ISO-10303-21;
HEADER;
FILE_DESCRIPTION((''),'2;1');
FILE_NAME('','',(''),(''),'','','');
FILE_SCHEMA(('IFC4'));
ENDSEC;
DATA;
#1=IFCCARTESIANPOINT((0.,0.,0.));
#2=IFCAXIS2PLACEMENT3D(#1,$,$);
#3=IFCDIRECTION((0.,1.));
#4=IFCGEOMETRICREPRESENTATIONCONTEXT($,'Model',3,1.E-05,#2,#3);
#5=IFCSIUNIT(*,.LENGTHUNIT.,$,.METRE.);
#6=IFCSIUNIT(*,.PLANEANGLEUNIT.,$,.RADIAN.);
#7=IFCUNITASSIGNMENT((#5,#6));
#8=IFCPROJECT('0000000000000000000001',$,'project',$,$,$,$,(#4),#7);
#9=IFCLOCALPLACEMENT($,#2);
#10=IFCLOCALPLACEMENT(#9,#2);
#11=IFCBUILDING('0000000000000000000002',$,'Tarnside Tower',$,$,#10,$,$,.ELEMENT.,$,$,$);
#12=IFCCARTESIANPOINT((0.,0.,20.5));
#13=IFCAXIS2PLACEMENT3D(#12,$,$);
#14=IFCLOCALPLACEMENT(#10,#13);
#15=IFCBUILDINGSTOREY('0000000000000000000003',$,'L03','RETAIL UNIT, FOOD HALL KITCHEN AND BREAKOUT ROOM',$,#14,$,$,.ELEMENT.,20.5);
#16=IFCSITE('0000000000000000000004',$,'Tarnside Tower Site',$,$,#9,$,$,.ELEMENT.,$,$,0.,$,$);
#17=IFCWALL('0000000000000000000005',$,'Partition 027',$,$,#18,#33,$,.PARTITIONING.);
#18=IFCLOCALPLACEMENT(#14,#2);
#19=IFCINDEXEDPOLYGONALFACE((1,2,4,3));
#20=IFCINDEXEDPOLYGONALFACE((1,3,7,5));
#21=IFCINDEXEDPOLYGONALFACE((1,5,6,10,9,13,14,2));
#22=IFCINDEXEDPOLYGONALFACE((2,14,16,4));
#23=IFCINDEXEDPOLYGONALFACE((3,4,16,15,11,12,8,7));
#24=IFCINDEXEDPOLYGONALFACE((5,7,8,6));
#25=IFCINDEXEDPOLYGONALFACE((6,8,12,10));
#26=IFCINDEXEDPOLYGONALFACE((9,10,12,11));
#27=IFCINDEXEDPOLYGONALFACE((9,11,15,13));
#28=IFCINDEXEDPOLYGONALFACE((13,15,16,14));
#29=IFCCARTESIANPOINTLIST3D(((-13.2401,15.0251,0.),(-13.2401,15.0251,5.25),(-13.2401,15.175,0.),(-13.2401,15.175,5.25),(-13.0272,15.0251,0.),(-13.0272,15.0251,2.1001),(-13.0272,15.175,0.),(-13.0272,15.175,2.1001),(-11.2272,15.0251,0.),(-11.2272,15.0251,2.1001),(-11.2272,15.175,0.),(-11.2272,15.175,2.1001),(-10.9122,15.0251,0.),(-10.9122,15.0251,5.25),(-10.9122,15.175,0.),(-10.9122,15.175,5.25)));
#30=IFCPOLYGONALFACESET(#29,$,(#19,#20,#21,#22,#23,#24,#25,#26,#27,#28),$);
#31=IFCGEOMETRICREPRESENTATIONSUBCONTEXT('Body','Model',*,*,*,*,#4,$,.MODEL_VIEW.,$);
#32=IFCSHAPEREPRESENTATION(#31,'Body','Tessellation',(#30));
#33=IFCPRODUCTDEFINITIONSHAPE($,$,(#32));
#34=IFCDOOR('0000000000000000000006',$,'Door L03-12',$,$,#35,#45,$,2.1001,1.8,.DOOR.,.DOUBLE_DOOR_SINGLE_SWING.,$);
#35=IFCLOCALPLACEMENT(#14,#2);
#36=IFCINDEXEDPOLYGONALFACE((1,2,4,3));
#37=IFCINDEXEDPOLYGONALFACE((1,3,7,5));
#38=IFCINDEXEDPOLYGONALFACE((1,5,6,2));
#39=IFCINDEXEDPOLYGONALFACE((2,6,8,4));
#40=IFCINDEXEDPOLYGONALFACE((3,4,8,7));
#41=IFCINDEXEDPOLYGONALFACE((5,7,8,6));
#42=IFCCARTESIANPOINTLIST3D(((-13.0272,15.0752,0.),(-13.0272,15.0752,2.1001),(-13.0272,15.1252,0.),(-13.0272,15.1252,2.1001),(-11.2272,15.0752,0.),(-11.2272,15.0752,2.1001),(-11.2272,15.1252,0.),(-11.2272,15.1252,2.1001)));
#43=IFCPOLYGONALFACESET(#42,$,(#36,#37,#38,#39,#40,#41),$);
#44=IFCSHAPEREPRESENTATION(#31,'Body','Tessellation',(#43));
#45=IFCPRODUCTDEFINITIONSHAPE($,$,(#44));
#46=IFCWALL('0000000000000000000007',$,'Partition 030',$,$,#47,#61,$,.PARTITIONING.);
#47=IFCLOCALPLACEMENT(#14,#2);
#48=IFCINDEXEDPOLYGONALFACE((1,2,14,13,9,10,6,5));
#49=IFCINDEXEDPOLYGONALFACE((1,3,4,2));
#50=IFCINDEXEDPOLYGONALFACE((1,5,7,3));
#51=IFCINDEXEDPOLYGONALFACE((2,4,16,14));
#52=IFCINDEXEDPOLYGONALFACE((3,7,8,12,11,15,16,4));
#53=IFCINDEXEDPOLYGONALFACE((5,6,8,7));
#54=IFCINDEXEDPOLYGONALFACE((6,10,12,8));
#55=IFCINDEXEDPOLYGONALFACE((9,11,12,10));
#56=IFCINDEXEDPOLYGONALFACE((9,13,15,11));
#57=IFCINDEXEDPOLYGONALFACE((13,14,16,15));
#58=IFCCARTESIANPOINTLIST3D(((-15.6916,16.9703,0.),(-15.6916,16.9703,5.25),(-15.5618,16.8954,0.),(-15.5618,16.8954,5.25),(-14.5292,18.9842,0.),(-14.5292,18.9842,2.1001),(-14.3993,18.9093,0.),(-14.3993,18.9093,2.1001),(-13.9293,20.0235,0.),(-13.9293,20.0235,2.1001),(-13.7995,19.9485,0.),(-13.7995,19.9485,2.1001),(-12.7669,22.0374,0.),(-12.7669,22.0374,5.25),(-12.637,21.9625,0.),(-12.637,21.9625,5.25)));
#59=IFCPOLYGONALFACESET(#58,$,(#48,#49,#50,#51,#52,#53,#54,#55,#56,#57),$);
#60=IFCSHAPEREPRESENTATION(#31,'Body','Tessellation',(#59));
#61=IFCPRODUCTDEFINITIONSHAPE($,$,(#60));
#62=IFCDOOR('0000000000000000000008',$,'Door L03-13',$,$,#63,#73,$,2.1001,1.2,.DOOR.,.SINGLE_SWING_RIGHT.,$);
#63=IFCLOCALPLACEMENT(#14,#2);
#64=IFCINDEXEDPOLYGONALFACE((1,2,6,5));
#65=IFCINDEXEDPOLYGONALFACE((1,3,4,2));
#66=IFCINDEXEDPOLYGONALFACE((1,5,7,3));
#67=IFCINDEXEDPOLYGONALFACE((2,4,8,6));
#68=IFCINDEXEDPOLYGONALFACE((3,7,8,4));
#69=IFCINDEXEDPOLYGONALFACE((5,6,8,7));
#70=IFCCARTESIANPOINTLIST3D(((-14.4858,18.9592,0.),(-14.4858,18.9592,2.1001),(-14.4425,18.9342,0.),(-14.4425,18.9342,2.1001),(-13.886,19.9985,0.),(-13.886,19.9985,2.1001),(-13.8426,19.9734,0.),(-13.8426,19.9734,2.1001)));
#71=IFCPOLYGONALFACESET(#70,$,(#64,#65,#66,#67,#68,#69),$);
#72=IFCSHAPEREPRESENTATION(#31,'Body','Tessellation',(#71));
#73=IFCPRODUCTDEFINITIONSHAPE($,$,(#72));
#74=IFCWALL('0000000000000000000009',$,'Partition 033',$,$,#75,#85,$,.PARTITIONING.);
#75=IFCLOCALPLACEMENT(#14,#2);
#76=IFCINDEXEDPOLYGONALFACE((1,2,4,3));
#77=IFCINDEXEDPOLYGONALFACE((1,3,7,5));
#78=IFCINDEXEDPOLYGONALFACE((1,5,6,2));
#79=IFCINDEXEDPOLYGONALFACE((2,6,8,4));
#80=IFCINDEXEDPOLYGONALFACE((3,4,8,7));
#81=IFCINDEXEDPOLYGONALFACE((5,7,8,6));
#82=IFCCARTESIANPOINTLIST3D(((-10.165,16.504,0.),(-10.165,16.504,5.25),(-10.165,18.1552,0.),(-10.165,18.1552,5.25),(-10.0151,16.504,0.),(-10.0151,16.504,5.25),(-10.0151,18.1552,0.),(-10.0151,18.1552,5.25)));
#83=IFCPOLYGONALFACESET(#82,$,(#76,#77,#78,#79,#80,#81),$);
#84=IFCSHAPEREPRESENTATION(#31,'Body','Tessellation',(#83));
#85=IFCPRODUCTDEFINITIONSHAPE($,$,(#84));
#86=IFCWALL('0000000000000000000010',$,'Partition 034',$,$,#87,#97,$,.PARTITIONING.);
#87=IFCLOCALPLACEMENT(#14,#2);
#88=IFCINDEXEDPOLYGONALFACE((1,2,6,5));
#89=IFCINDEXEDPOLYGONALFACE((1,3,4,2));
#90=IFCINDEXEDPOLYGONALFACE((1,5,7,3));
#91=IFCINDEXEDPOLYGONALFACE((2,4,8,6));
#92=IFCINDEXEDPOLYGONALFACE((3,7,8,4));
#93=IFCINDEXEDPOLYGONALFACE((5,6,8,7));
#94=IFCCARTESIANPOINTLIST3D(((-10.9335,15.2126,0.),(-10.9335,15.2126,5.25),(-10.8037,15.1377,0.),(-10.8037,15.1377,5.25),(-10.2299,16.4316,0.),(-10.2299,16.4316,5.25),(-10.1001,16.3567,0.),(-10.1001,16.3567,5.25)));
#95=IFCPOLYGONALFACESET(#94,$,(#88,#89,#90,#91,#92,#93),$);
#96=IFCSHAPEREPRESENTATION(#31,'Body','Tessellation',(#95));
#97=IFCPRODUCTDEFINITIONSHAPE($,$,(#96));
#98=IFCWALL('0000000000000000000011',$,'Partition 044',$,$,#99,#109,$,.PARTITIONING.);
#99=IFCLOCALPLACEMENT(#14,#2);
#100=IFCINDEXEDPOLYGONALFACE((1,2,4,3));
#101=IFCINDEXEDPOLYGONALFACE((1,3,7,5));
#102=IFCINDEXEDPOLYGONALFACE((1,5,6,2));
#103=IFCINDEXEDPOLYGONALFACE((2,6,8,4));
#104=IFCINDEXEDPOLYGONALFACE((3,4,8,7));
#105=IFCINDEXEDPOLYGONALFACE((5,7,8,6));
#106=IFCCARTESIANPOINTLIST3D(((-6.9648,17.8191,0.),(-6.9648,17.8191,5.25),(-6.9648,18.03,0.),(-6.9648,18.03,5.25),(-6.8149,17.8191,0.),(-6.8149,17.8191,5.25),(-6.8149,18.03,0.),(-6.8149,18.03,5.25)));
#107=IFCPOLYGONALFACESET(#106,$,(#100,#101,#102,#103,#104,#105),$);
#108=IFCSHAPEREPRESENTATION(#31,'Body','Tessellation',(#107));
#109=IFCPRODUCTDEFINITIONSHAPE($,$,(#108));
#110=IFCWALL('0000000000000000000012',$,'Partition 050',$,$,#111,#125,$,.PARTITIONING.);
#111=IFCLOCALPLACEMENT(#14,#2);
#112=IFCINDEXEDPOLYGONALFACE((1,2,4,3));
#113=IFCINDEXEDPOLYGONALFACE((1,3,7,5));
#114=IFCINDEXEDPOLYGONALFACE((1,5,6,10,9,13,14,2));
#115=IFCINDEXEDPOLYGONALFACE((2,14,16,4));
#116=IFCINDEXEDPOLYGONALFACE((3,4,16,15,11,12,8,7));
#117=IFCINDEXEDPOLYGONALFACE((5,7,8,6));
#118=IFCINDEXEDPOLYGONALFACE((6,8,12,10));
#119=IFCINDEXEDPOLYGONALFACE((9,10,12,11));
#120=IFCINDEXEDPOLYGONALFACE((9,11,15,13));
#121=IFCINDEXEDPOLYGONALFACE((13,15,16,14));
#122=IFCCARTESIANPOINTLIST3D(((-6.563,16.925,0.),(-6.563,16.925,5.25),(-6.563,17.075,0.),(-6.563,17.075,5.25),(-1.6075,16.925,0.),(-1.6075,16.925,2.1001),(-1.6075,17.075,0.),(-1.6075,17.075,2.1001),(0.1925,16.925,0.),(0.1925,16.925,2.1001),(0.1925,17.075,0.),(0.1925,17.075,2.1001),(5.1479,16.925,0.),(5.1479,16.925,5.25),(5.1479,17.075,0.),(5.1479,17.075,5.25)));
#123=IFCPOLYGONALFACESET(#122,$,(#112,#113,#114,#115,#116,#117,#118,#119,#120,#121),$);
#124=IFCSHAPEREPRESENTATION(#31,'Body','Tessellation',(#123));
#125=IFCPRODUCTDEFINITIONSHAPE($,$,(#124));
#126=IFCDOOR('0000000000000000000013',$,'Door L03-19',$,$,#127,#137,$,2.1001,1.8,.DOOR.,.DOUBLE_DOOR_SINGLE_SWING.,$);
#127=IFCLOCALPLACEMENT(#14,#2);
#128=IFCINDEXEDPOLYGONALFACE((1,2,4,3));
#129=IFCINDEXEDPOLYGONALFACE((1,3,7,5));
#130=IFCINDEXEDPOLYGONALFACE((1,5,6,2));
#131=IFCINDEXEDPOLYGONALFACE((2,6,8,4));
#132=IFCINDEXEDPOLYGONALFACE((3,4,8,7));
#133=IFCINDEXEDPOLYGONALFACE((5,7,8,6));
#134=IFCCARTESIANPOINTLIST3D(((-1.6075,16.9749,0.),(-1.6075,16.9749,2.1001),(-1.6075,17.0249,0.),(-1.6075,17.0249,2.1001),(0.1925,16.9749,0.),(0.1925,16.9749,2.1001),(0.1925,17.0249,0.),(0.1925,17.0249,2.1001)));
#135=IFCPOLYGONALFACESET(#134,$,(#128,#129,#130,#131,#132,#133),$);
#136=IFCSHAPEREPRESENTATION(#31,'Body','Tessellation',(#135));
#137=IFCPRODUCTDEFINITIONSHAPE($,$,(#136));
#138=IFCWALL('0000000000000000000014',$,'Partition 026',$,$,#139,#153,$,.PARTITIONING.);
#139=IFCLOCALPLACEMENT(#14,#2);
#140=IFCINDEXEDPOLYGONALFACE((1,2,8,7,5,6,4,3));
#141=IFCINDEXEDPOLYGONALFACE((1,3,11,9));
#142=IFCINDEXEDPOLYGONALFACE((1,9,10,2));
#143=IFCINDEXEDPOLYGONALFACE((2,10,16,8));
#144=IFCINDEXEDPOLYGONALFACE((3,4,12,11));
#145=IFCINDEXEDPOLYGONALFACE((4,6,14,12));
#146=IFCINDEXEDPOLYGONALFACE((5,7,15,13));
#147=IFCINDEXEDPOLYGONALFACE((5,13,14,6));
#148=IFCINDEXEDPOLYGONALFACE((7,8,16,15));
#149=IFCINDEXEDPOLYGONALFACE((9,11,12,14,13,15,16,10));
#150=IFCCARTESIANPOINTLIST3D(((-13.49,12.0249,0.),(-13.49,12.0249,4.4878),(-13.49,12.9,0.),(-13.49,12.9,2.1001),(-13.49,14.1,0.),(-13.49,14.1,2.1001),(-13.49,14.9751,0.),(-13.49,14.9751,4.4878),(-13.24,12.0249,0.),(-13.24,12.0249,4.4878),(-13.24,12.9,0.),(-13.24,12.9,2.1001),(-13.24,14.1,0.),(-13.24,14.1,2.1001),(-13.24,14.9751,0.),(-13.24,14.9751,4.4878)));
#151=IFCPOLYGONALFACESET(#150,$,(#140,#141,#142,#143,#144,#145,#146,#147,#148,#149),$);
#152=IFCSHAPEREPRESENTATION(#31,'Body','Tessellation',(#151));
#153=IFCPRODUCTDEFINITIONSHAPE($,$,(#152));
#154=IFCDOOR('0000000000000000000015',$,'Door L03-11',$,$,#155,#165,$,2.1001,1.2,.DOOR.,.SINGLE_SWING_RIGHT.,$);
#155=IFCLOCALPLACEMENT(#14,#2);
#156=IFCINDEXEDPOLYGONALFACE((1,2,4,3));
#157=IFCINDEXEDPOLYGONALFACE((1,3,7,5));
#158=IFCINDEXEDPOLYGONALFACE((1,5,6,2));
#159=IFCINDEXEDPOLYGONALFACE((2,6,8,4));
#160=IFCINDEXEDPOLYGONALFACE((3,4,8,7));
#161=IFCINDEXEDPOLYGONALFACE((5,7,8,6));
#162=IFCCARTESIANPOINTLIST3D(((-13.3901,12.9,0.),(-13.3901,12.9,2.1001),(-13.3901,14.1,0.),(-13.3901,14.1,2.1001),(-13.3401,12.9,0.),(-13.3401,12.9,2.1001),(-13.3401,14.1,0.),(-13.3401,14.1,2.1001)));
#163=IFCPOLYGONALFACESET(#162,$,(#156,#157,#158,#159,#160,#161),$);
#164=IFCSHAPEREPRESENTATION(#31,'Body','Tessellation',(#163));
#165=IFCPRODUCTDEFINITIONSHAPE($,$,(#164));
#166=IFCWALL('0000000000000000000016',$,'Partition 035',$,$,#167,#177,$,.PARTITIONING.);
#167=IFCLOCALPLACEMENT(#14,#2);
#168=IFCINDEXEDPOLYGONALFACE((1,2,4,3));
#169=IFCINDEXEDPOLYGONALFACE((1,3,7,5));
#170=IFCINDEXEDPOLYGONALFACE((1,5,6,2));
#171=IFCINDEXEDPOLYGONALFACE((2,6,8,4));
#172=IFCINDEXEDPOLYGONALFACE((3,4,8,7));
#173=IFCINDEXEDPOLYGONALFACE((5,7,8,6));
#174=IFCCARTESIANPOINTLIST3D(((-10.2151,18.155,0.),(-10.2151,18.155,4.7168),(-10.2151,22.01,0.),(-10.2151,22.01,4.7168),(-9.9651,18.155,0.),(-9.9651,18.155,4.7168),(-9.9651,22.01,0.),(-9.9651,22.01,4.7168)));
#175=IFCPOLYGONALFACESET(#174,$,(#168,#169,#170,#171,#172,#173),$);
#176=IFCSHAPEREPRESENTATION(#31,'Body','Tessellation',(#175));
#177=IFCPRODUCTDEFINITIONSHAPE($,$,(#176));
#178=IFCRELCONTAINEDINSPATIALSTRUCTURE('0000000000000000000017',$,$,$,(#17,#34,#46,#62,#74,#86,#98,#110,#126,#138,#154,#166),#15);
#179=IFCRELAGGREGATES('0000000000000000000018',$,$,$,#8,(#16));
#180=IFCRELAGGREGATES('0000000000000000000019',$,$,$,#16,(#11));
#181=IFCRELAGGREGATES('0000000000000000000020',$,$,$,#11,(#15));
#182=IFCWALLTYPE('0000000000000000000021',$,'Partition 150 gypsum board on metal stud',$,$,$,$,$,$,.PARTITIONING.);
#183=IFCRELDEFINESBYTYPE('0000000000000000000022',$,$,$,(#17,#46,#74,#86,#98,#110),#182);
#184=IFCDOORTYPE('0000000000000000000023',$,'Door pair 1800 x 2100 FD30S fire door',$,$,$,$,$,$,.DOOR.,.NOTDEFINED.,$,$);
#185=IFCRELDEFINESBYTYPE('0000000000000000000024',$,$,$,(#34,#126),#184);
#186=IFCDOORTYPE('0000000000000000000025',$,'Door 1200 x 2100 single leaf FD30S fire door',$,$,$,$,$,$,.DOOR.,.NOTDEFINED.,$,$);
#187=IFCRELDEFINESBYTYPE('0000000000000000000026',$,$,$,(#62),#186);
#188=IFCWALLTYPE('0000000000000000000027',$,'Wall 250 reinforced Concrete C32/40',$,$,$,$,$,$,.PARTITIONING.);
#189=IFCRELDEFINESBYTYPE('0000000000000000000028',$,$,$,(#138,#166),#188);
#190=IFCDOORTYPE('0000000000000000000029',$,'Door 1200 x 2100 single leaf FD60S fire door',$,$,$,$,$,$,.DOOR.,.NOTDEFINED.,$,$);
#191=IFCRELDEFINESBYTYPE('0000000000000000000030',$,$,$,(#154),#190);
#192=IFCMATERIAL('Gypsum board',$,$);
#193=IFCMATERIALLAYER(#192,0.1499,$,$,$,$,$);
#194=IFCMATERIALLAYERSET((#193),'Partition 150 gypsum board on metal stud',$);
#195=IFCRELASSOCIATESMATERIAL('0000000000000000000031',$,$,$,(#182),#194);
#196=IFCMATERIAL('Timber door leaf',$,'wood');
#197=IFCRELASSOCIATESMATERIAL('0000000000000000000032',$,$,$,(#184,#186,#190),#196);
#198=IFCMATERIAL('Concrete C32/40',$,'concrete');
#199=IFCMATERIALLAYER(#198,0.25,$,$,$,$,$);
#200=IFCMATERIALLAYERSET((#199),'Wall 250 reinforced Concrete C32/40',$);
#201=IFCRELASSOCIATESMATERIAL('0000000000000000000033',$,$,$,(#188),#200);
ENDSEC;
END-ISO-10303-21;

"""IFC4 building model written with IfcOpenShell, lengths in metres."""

from ifc_helpers import new_model, si_unit, direction, frame, frame_2d, origin, place, context, subcontext, project, spatial, rectangle, extrude, material, layer, layer_set, type_object, element, fill, save


model = new_model("IFC4")

# Units and contexts
model_context = context("Model", 3, precision=1e-05, world=origin(), true_north=direction((0.0, 1.0)))
body_context = subcontext(model_context, "Body", "Model", "MODEL_VIEW")
ifc_project = project(units=[si_unit("LENGTHUNIT", "METRE"), si_unit("PLANEANGLEUNIT", "RADIAN")], contexts=[model_context])

# Site, building, storey
site_placement = place(None, origin())
site = spatial("IfcSite", under=ifc_project, at=site_placement, Name="Tarnside Tower Site", CompositionType="ELEMENT", RefElevation=0.0)
building_placement = place(site_placement, origin())
building = spatial("IfcBuilding", under=site, at=building_placement, Name="Tarnside Tower", CompositionType="ELEMENT")
storey_placement = place(building_placement, frame((0.0, 0.0, 20.5)))
storey = spatial("IfcBuildingStorey", under=building, at=storey_placement, Name="L03", Description="RETAIL UNIT, FOOD HALL KITCHEN AND BREAKOUT ROOM", CompositionType="ELEMENT", Elevation=20.5)

# Walls, openings, doors
ifc_material_1 = material(Name="Gypsum board")
ifc_layer_1 = layer(ifc_material_1, 0.1499)
ifc_layer_set_1 = layer_set([ifc_layer_1], Name="Partition 150 gypsum board on metal stud")
wall_type_1 = type_object("IfcWallType", Name="Partition 150 gypsum board on metal stud", PredefinedType="PARTITIONING", material=ifc_layer_set_1)
wall_1_placement = place(storey_placement, frame((-10.9121, 15.1001, 0.0), z_axis=(0.0, 0.0, 1.0), x_axis=(-1.0, 0.0, 0.0)))
wall_1 = element("IfcWall", 1, at=wall_1_placement, inside=storey, type_object=wall_type_1, Name="Partition 027", PredefinedType="PARTITIONING", context=body_context, shape_type="SweptSolid", body=[
    extrude(rectangle(XDim=2.3279, YDim=0.1499, at=frame_2d((1.1641, 0.0))), origin(), (0.0, 0.0, 1.0), 5.25),
])
opening_1_placement = place(wall_1_placement, frame((0.3152, 0.0, 0.0)))
opening_1 = element("IfcOpeningElement", 2, at=opening_1_placement, cuts=wall_1, PredefinedType="OPENING", context=body_context, shape_type="SweptSolid", body=[
    extrude(rectangle(XDim=1.8, YDim=2.1001, at=frame_2d((0.8999, 1.05))), frame((0.0, 0.085, 0.0), z_axis=(0.0, -1.0, 0.0), x_axis=(1.0, 0.0, 0.0)), (0.0, 0.0, 1.0), 0.1699),
])
ifc_material_2 = material(Name="Timber door leaf", Category="wood")
door_type_1 = type_object("IfcDoorType", Name="Door pair 1800 x 2100 FD30S fire door", OperationType="NOTDEFINED", PredefinedType="DOOR", material=ifc_material_2)
door_1_placement = place(opening_1_placement, origin())
door_1 = element("IfcDoor", 3, at=door_1_placement, inside=storey, type_object=door_type_1, Name="Door L03-12", OperationType="DOUBLE_DOOR_SINGLE_SWING", OverallHeight=2.1001, OverallWidth=1.8, PredefinedType="DOOR", context=body_context, shape_type="SweptSolid", body=[
    extrude(rectangle(XDim=1.8, YDim=2.1001, at=frame_2d((0.8999, 1.05))), frame((0.0, 0.0249, 0.0), z_axis=(0.0, -1.0, 0.0), x_axis=(1.0, 0.0, 0.0)), (0.0, 0.0, 1.0), 0.05),
])
fill(opening_1, door_1)
wall_2_placement = place(storey_placement, frame((-15.6267, 16.9329, 0.0), z_axis=(0.0, 0.0, 1.0), x_axis=(0.499909, 0.866078, 0.0)))
wall_2 = element("IfcWall", 4, at=wall_2_placement, inside=storey, type_object=wall_type_1, Name="Partition 030", PredefinedType="PARTITIONING", context=body_context, shape_type="SweptSolid", body=[
    extrude(rectangle(XDim=5.8506, YDim=0.1499, at=frame_2d((2.9253, 0.0))), origin(), (0.0, 0.0, 1.0), 5.25),
])
opening_2_placement = place(wall_2_placement, frame((2.3252, 0.0, 0.0)))
opening_2 = element("IfcOpeningElement", 5, at=opening_2_placement, cuts=wall_2, PredefinedType="OPENING", context=body_context, shape_type="SweptSolid", body=[
    extrude(rectangle(XDim=1.2, YDim=2.1001, at=frame_2d((0.6001, 1.05))), frame((0.0, 0.085, 0.0), z_axis=(0.0, -1.0, 0.0), x_axis=(1.0, 0.0, 0.0)), (0.0, 0.0, 1.0), 0.1699),
])
door_type_2 = type_object("IfcDoorType", Name="Door 1200 x 2100 single leaf FD30S fire door", OperationType="NOTDEFINED", PredefinedType="DOOR", material=ifc_material_2)
door_2_placement = place(opening_2_placement, origin())
door_2 = element("IfcDoor", 6, at=door_2_placement, inside=storey, type_object=door_type_2, Name="Door L03-13", OperationType="SINGLE_SWING_RIGHT", OverallHeight=2.1001, OverallWidth=1.2, PredefinedType="DOOR", context=body_context, shape_type="SweptSolid", body=[
    extrude(rectangle(XDim=1.2, YDim=2.1001, at=frame_2d((0.6001, 1.05))), frame((0.0, 0.0249, 0.0), z_axis=(0.0, -1.0, 0.0), x_axis=(1.0, 0.0, 0.0)), (0.0, 0.0, 1.0), 0.05),
])
fill(opening_2, door_2)

# Walls
wall_3_placement = place(storey_placement, frame((-10.0901, 16.5039, 0.0), z_axis=(0.0, 0.0, 1.0), x_axis=(0.0, 1.0, 0.0)))
element("IfcWall", 7, at=wall_3_placement, inside=storey, type_object=wall_type_1, Name="Partition 033", PredefinedType="PARTITIONING", context=body_context, shape_type="SweptSolid", body=[
    extrude(rectangle(XDim=1.6511, YDim=0.1499, at=frame_2d((0.8257, 0.0))), origin(), (0.0, 0.0, 1.0), 5.25),
])
wall_4_placement = place(storey_placement, frame((-10.165, 16.394, 0.0), z_axis=(0.0, 0.0, 1.0), x_axis=(-0.499908, -0.866079, 0.0)))
element("IfcWall", 8, at=wall_4_placement, inside=storey, type_object=wall_type_1, Name="Partition 034", PredefinedType="PARTITIONING", context=body_context, shape_type="SweptSolid", body=[
    extrude(rectangle(XDim=1.4075, YDim=0.1499, at=frame_2d((0.7036, 0.0))), origin(), (0.0, 0.0, 1.0), 5.25),
])
wall_5_placement = place(storey_placement, frame((-6.8899, 18.03, 0.0), z_axis=(0.0, 0.0, 1.0), x_axis=(0.0, -1.0, 0.0)))
element("IfcWall", 9, at=wall_5_placement, inside=storey, type_object=wall_type_1, Name="Partition 044", PredefinedType="PARTITIONING", context=body_context, shape_type="SweptSolid", body=[
    extrude(rectangle(XDim=0.2109, YDim=0.1499, at=frame_2d((0.1055, 0.0))), origin(), (0.0, 0.0, 1.0), 5.25),
])

# Walls, openings, doors
wall_6_placement = place(storey_placement, frame((-6.563, 17.0, 0.0), z_axis=(0.0, 0.0, 1.0), x_axis=(1.0, 0.0, 0.0)))
wall_6 = element("IfcWall", 10, at=wall_6_placement, inside=storey, type_object=wall_type_1, Name="Partition 050", PredefinedType="PARTITIONING", context=body_context, shape_type="SweptSolid", body=[
    extrude(rectangle(XDim=11.7109, YDim=0.1499, at=frame_2d((5.8555, 0.0))), origin(), (0.0, 0.0, 1.0), 5.25),
])
opening_3_placement = place(wall_6_placement, frame((4.9556, 0.0, 0.0)))
opening_3 = element("IfcOpeningElement", 11, at=opening_3_placement, cuts=wall_6, PredefinedType="OPENING", context=body_context, shape_type="SweptSolid", body=[
    extrude(rectangle(XDim=1.8, YDim=2.1001, at=frame_2d((0.8999, 1.05))), frame((0.0, 0.085, 0.0), z_axis=(0.0, -1.0, 0.0), x_axis=(1.0, 0.0, 0.0)), (0.0, 0.0, 1.0), 0.1699),
])
door_3_placement = place(opening_3_placement, origin())
door_3 = element("IfcDoor", 12, at=door_3_placement, inside=storey, type_object=door_type_1, Name="Door L03-19", OperationType="DOUBLE_DOOR_SINGLE_SWING", OverallHeight=2.1001, OverallWidth=1.8, PredefinedType="DOOR", context=body_context, shape_type="SweptSolid", body=[
    extrude(rectangle(XDim=1.8, YDim=2.1001, at=frame_2d((0.8999, 1.05))), frame((0.0, 0.0249, 0.0), z_axis=(0.0, -1.0, 0.0), x_axis=(1.0, 0.0, 0.0)), (0.0, 0.0, 1.0), 0.05),
])
fill(opening_3, door_3)
ifc_material_3 = material(Name="Concrete C32/40", Category="concrete")
ifc_layer_2 = layer(ifc_material_3, 0.25)
ifc_layer_set_2 = layer_set([ifc_layer_2], Name="Wall 250 reinforced Concrete C32/40")
wall_type_2 = type_object("IfcWallType", Name="Wall 250 reinforced Concrete C32/40", PredefinedType="PARTITIONING", material=ifc_layer_set_2)
wall_7_placement = place(storey_placement, frame((-13.365, 14.9751, 0.0), z_axis=(0.0, 0.0, 1.0), x_axis=(0.0, -1.0, 0.0)))
wall_7 = element("IfcWall", 13, at=wall_7_placement, inside=storey, type_object=wall_type_2, Name="Partition 026", PredefinedType="PARTITIONING", context=body_context, shape_type="SweptSolid", body=[
    extrude(rectangle(XDim=2.9502, YDim=0.25, at=frame_2d((1.4751, 0.0))), origin(), (0.0, 0.0, 1.0), 4.4878),
])
opening_4_placement = place(wall_7_placement, frame((0.875, 0.0, 0.0)))
opening_4 = element("IfcOpeningElement", 14, at=opening_4_placement, cuts=wall_7, PredefinedType="OPENING", context=body_context, shape_type="SweptSolid", body=[
    extrude(rectangle(XDim=1.2, YDim=2.1001, at=frame_2d((0.6001, 1.05))), frame((0.0, 0.135, 0.0), z_axis=(0.0, -1.0, 0.0), x_axis=(1.0, 0.0, 0.0)), (0.0, 0.0, 1.0), 0.27),
])
door_type_3 = type_object("IfcDoorType", Name="Door 1200 x 2100 single leaf FD60S fire door", OperationType="NOTDEFINED", PredefinedType="DOOR", material=ifc_material_2)
door_4_placement = place(opening_4_placement, origin())
door_4 = element("IfcDoor", 15, at=door_4_placement, inside=storey, type_object=door_type_3, Name="Door L03-11", OperationType="SINGLE_SWING_RIGHT", OverallHeight=2.1001, OverallWidth=1.2, PredefinedType="DOOR", context=body_context, shape_type="SweptSolid", body=[
    extrude(rectangle(XDim=1.2, YDim=2.1001, at=frame_2d((0.6001, 1.05))), frame((0.0, 0.0249, 0.0), z_axis=(0.0, -1.0, 0.0), x_axis=(1.0, 0.0, 0.0)), (0.0, 0.0, 1.0), 0.05),
])
fill(opening_4, door_4)

# Wall
wall_8_placement = place(storey_placement, frame((-10.0901, 18.155, 0.0), z_axis=(0.0, 0.0, 1.0), x_axis=(0.0, 1.0, 0.0)))
element("IfcWall", 16, at=wall_8_placement, inside=storey, type_object=wall_type_2, Name="Partition 035", PredefinedType="PARTITIONING", context=body_context, shape_type="SweptSolid", body=[
    extrude(rectangle(XDim=3.855, YDim=0.25, at=frame_2d((1.9275, 0.0))), origin(), (0.0, 0.0, 1.0), 4.7168),
])

save(model, "model.ifc")
